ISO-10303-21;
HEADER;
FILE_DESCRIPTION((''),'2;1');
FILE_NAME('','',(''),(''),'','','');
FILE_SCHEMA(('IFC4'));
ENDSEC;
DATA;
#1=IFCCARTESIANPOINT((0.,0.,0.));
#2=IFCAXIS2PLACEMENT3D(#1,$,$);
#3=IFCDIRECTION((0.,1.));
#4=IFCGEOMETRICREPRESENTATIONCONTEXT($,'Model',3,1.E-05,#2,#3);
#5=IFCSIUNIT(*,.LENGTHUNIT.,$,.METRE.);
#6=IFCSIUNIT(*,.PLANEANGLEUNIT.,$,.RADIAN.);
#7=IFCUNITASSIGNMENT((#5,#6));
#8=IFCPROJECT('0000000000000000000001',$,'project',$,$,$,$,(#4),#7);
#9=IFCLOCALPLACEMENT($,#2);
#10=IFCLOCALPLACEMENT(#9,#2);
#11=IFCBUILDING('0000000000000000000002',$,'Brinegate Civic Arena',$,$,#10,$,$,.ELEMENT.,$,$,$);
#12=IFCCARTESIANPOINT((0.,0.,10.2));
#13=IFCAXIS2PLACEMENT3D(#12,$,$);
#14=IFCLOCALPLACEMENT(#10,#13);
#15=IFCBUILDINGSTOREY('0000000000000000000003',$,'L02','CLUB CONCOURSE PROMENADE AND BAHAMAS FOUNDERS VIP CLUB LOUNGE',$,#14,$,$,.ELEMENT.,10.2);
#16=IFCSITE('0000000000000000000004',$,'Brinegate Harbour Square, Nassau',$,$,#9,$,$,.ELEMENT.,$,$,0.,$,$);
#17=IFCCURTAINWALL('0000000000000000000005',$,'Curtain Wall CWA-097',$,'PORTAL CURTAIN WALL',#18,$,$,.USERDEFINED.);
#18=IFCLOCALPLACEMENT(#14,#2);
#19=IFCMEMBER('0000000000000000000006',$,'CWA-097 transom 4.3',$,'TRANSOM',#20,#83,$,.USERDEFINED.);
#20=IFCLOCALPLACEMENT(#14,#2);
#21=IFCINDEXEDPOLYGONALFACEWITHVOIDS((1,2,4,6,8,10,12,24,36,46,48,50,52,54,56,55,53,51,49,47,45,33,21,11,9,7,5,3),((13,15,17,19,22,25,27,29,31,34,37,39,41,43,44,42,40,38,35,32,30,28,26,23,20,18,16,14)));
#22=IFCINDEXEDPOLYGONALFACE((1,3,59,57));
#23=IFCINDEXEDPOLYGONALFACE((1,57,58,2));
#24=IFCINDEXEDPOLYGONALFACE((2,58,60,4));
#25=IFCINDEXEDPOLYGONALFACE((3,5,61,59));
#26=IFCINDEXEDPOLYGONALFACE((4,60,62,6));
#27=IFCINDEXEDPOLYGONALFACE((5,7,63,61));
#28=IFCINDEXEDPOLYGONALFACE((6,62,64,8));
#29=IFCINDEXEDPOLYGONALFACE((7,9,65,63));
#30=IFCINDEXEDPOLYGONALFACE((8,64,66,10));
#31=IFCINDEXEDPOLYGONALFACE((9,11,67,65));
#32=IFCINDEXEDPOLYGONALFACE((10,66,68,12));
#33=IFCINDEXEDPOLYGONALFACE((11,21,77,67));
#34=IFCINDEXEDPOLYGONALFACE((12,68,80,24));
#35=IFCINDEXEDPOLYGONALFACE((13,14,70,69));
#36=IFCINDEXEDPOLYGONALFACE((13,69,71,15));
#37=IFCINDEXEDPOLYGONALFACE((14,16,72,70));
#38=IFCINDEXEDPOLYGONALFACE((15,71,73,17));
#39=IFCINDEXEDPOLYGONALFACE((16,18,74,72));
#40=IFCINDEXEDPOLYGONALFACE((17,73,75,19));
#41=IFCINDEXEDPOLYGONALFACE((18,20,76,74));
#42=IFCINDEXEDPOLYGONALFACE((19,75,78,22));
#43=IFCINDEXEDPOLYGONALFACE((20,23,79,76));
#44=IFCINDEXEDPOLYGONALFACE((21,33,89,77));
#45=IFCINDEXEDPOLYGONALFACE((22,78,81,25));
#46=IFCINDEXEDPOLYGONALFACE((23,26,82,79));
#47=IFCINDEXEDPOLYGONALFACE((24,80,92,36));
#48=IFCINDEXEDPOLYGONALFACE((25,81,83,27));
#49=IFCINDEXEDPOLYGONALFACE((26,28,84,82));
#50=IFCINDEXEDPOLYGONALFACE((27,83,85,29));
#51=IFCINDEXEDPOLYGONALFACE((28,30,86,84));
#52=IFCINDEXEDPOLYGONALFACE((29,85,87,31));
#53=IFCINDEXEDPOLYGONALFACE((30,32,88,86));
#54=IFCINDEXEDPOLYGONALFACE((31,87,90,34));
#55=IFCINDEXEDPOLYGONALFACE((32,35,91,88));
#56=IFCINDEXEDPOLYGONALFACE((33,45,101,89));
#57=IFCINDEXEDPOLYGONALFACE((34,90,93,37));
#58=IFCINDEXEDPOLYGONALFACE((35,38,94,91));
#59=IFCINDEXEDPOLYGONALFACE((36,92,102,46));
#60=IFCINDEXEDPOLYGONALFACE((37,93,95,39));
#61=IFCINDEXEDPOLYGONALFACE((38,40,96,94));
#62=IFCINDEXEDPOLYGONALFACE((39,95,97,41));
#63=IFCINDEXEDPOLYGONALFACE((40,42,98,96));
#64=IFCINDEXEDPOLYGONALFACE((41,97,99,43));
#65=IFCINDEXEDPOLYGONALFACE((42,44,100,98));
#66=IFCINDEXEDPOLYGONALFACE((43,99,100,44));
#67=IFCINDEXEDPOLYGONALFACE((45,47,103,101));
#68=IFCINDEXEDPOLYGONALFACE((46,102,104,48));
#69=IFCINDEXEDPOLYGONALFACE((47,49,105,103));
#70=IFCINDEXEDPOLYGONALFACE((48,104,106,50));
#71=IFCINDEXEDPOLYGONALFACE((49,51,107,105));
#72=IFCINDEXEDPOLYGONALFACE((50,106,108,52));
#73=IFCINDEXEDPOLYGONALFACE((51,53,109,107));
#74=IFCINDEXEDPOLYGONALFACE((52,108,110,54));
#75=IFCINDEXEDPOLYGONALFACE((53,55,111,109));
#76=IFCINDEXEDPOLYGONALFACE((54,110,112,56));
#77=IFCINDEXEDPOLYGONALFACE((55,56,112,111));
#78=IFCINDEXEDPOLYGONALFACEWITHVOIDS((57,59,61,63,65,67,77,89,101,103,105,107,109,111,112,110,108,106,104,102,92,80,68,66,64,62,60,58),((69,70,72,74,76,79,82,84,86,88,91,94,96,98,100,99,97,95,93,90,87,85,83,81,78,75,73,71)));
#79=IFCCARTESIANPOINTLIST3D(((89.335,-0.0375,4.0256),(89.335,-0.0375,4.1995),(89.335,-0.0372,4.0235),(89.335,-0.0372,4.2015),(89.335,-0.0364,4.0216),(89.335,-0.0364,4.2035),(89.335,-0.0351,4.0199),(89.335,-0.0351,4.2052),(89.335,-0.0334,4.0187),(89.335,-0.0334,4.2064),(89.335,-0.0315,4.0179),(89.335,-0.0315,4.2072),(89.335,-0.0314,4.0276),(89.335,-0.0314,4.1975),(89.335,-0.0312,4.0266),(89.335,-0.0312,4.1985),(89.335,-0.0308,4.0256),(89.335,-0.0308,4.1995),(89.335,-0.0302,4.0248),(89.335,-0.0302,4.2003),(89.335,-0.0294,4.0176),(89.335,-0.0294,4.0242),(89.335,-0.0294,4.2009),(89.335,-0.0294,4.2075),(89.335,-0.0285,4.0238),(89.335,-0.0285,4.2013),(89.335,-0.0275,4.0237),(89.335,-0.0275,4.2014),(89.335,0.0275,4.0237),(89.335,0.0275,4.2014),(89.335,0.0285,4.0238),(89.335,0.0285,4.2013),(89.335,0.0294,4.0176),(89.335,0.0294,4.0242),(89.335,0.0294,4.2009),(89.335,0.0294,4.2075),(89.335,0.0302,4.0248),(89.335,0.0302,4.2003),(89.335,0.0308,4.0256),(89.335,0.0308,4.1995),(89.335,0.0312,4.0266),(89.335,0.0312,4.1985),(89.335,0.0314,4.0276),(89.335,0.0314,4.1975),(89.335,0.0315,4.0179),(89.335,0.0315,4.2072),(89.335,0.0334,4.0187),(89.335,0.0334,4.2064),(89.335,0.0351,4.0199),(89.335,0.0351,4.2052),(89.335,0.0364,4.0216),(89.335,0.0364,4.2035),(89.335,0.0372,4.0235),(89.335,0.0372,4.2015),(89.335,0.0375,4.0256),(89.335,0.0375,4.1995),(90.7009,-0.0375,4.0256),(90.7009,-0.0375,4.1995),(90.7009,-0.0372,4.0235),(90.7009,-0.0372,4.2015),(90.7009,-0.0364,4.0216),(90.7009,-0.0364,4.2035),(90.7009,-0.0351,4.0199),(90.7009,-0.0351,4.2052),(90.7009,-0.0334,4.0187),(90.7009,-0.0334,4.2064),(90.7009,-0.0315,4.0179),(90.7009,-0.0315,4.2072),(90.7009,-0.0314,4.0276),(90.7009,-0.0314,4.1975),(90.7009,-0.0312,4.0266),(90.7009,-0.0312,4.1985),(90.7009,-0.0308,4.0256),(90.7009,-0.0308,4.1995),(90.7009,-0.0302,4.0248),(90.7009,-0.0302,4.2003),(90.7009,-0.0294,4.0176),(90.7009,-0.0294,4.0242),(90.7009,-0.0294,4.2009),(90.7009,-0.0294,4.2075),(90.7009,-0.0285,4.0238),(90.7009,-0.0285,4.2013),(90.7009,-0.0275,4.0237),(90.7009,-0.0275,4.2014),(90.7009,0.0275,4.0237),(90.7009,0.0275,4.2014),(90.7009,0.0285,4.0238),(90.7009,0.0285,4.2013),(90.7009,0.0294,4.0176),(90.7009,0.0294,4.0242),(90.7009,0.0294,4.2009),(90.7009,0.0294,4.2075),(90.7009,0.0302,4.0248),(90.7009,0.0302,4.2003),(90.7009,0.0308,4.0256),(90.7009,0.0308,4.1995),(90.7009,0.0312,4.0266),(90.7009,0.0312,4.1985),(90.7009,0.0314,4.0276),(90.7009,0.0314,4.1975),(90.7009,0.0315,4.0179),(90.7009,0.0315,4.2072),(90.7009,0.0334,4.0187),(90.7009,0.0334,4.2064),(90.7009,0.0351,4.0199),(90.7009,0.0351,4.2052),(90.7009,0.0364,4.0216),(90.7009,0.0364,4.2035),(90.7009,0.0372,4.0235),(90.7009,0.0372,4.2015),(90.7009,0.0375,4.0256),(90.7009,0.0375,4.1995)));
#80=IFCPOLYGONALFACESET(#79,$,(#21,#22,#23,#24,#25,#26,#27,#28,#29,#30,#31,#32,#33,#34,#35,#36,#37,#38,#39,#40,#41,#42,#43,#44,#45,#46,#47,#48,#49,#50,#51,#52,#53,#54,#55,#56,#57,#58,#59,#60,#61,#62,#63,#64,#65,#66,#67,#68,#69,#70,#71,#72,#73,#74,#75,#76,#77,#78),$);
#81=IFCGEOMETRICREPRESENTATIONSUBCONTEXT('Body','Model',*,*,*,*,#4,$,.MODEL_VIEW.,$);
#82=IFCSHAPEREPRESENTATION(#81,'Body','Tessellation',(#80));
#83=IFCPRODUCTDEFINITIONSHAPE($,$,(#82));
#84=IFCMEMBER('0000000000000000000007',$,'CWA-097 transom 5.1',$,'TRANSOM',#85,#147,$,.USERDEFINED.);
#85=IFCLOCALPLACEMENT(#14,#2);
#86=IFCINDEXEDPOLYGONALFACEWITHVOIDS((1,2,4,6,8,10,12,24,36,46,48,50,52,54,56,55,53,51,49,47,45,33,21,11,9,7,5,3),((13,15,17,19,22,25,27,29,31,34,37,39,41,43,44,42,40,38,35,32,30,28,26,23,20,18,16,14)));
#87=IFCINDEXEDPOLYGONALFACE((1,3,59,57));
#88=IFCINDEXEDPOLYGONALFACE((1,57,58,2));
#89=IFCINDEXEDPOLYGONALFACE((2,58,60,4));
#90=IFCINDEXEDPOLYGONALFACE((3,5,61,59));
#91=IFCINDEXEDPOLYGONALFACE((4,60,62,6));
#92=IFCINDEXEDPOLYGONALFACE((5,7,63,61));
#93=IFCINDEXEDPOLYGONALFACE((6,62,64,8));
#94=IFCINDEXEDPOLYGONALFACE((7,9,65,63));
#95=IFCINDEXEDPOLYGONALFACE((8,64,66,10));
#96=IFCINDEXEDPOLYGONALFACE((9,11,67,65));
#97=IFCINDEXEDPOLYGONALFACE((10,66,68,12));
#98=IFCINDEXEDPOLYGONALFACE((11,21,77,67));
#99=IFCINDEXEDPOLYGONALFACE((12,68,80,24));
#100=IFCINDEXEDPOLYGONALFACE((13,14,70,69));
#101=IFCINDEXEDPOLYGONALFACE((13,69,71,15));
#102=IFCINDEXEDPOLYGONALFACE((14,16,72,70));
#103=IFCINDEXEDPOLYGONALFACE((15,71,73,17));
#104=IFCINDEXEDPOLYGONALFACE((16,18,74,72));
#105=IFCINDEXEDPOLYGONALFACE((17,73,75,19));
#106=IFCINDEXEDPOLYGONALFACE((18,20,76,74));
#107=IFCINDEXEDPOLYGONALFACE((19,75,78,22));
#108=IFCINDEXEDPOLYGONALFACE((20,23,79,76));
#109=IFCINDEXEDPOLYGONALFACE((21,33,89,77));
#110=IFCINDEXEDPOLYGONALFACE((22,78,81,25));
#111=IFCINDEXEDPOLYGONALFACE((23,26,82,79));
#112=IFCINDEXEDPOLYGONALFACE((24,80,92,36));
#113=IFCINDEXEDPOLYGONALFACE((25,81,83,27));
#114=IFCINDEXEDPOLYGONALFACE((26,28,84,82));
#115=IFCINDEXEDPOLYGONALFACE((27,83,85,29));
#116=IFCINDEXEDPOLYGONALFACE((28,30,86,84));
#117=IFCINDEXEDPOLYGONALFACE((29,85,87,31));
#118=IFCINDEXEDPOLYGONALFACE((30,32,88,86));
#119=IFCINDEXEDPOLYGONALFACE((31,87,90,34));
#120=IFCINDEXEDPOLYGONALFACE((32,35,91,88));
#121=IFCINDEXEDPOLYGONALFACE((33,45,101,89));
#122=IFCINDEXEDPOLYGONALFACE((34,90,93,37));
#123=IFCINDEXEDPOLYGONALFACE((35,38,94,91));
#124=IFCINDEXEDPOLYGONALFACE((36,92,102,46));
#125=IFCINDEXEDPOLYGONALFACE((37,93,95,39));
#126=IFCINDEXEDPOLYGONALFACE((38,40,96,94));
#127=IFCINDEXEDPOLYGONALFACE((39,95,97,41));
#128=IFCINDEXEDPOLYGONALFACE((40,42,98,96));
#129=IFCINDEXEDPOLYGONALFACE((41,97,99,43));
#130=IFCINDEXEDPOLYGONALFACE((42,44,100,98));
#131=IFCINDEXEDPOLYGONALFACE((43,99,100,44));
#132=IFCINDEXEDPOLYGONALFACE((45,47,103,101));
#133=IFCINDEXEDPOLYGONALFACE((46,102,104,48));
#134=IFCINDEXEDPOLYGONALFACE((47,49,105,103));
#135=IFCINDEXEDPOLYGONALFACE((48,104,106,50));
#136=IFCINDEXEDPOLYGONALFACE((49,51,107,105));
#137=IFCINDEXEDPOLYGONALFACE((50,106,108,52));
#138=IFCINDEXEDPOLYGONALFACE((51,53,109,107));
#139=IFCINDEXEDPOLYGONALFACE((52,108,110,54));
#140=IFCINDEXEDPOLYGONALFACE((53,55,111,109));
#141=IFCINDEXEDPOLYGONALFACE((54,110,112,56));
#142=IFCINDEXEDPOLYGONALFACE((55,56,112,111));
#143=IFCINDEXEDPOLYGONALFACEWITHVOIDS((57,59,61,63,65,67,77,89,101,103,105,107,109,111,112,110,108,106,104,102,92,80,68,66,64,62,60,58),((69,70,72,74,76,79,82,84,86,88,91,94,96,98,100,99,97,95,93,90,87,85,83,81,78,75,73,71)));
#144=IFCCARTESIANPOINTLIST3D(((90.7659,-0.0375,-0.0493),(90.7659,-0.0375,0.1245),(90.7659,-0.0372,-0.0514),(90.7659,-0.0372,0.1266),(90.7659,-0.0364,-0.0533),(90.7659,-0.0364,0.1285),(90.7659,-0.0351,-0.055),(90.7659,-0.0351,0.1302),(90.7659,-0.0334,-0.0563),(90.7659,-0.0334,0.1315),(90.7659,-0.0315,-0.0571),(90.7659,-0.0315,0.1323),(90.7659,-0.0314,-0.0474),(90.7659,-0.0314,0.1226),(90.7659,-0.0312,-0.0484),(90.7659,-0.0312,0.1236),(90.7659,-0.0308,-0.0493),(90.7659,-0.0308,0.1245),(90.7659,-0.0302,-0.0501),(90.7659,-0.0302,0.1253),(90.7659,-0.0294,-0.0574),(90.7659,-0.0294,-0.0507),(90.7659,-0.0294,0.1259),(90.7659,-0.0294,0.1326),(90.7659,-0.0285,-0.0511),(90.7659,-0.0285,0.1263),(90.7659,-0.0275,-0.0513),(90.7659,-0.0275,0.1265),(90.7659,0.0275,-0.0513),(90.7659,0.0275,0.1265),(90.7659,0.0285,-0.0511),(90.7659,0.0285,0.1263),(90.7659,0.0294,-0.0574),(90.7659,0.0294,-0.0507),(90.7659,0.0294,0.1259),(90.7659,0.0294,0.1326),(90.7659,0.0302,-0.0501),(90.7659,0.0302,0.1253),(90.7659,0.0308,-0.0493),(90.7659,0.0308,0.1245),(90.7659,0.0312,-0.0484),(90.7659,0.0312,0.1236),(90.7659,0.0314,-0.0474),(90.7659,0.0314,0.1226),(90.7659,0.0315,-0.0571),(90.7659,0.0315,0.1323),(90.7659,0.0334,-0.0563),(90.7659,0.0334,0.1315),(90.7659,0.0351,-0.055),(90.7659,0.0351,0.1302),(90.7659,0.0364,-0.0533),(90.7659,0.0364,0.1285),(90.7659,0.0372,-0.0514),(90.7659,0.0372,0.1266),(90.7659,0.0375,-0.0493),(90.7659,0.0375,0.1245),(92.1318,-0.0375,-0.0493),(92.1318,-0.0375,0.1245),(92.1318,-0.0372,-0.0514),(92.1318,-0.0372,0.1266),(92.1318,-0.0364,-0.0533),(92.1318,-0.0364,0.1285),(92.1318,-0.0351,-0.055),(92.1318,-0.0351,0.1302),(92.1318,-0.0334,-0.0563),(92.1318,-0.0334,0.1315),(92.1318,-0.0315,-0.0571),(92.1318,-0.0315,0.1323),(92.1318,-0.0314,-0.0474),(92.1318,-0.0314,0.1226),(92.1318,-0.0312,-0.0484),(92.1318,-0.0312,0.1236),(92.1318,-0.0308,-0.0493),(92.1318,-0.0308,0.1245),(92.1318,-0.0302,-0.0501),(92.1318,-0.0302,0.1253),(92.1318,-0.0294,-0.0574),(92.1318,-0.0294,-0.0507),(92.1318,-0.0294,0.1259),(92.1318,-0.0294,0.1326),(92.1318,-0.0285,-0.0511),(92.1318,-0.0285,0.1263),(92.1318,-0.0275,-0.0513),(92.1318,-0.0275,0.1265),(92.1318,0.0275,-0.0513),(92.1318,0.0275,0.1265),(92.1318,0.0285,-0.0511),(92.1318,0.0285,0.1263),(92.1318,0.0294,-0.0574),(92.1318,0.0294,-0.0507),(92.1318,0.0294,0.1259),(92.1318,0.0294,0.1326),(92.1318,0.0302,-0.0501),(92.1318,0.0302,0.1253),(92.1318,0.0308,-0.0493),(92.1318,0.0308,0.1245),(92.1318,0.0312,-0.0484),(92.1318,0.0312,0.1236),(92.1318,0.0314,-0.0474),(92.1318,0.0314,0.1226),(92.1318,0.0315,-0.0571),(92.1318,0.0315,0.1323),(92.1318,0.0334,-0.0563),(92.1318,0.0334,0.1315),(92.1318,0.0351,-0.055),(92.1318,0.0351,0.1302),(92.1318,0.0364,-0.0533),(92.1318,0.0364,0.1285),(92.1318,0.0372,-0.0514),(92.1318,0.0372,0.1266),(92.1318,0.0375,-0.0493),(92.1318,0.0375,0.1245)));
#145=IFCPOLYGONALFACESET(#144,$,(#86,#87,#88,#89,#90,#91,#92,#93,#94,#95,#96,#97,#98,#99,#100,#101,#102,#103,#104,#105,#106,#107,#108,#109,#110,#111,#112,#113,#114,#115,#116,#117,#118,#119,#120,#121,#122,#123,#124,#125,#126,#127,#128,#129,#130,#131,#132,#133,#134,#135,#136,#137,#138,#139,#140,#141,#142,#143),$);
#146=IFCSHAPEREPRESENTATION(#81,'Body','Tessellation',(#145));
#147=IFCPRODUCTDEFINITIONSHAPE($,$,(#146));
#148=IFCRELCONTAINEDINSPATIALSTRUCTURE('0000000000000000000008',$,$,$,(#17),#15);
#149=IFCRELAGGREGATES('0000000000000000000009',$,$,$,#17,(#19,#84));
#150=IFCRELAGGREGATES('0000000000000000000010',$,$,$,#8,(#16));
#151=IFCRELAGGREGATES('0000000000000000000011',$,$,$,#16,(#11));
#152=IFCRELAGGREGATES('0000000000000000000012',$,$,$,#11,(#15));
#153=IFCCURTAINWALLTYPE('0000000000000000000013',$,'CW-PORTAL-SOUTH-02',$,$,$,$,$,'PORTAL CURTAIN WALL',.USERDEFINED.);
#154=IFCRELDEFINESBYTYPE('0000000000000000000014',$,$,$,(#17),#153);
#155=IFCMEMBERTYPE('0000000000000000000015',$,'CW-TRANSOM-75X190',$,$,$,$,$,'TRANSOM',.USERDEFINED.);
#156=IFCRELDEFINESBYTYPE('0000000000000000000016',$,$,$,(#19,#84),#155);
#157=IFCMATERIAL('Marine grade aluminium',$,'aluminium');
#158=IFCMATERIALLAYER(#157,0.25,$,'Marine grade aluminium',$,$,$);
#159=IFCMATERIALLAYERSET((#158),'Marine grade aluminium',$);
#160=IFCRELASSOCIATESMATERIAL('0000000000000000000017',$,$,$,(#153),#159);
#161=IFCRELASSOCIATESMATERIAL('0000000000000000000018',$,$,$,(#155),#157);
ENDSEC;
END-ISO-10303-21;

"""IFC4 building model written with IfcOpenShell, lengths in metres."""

from ifc_helpers import new_model, si_unit, direction, frame, origin, origin_2d, place, context, subcontext, project, spatial, hollow_rectangle, extrude, material, layer, layer_set, material_profile, profile_set, type_object, element, aggregate, save


model = new_model("IFC4")

# Units and contexts
model_context = context("Model", 3, precision=1e-05, world=origin(), true_north=direction((0.0, 1.0)))
body_context = subcontext(model_context, "Body", "Model", "MODEL_VIEW")
ifc_project = project(units=[si_unit("LENGTHUNIT", "METRE"), si_unit("PLANEANGLEUNIT", "RADIAN")], contexts=[model_context])

# Site, building, storey
site_placement = place(None, origin())
site = spatial("IfcSite", under=ifc_project, at=site_placement, Name="Brinegate Harbour Square, Nassau", CompositionType="ELEMENT", RefElevation=0.0)
building_placement = place(site_placement, origin())
building = spatial("IfcBuilding", under=site, at=building_placement, Name="Brinegate Civic Arena", CompositionType="ELEMENT")
storey_placement = place(building_placement, frame((0.0, 0.0, 10.2)))
storey = spatial("IfcBuildingStorey", under=building, at=storey_placement, Name="L02", Description="CLUB CONCOURSE PROMENADE AND BAHAMAS FOUNDERS VIP CLUB LOUNGE", CompositionType="ELEMENT", Elevation=10.2)

# Curtain wall, members
ifc_material_1 = material(Name="Marine grade aluminium", Category="aluminium")
ifc_layer_1 = layer(ifc_material_1, 0.25, Name="Marine grade aluminium")
ifc_layer_set_1 = layer_set([ifc_layer_1], Name="Marine grade aluminium")
curtain_wall_type = type_object("IfcCurtainWallType", Name="CW-PORTAL-SOUTH-02", ElementType="PORTAL CURTAIN WALL", PredefinedType="USERDEFINED", material=ifc_layer_set_1)
curtain_wall_placement = place(storey_placement, origin())
curtain_wall = element("IfcCurtainWall", 1, at=curtain_wall_placement, inside=storey, type_object=curtain_wall_type, Name="Curtain Wall CWA-097", ObjectType="PORTAL CURTAIN WALL", PredefinedType="USERDEFINED")
ifc_material_profile_1 = material_profile(ifc_material_1, hollow_rectangle(XDim=0.075, YDim=0.1899, WallThickness=0.0061, InnerFilletRadius=0.0039, OuterFilletRadius=0.0081, at=origin_2d()), Name="TRN75X190")
ifc_profile_set_1 = profile_set([ifc_material_profile_1], Name="Marine grade aluminium")
member_type_1 = type_object("IfcMemberType", Name="CW-TRANSOM-75X190", ElementType="TRANSOM", PredefinedType="USERDEFINED", material=ifc_profile_set_1)
member_1_placement = place(storey_placement, frame((89.335, 0.0, 4.1125), z_axis=(1.0, 0.0, 0.0), x_axis=(0.0, 1.0, 0.0)))
member_1 = element("IfcMember", 2, at=member_1_placement, type_object=member_type_1, Name="CWA-097 transom 4.3", ObjectType="TRANSOM", PredefinedType="USERDEFINED", context=body_context, shape_type="SweptSolid", body=[
    extrude(hollow_rectangle(XDim=0.075, YDim=0.1899, WallThickness=0.0061, InnerFilletRadius=0.0039, OuterFilletRadius=0.0081, at=origin_2d()), origin(), (0.0, 0.0, 1.0), 1.366),
])
member_2_placement = place(storey_placement, frame((90.7659, 0.0, 0.0376), z_axis=(1.0, 0.0, 0.0), x_axis=(0.0, 1.0, 0.0)))
member_2 = element("IfcMember", 3, at=member_2_placement, type_object=member_type_1, Name="CWA-097 transom 5.1", ObjectType="TRANSOM", PredefinedType="USERDEFINED", context=body_context, shape_type="SweptSolid", body=[
    extrude(hollow_rectangle(XDim=0.075, YDim=0.1899, WallThickness=0.0061, InnerFilletRadius=0.0039, OuterFilletRadius=0.0081, at=origin_2d()), origin(), (0.0, 0.0, 1.0), 1.366),
])
aggregate(curtain_wall, [member_1, member_2])

save(model, "model.ifc")
